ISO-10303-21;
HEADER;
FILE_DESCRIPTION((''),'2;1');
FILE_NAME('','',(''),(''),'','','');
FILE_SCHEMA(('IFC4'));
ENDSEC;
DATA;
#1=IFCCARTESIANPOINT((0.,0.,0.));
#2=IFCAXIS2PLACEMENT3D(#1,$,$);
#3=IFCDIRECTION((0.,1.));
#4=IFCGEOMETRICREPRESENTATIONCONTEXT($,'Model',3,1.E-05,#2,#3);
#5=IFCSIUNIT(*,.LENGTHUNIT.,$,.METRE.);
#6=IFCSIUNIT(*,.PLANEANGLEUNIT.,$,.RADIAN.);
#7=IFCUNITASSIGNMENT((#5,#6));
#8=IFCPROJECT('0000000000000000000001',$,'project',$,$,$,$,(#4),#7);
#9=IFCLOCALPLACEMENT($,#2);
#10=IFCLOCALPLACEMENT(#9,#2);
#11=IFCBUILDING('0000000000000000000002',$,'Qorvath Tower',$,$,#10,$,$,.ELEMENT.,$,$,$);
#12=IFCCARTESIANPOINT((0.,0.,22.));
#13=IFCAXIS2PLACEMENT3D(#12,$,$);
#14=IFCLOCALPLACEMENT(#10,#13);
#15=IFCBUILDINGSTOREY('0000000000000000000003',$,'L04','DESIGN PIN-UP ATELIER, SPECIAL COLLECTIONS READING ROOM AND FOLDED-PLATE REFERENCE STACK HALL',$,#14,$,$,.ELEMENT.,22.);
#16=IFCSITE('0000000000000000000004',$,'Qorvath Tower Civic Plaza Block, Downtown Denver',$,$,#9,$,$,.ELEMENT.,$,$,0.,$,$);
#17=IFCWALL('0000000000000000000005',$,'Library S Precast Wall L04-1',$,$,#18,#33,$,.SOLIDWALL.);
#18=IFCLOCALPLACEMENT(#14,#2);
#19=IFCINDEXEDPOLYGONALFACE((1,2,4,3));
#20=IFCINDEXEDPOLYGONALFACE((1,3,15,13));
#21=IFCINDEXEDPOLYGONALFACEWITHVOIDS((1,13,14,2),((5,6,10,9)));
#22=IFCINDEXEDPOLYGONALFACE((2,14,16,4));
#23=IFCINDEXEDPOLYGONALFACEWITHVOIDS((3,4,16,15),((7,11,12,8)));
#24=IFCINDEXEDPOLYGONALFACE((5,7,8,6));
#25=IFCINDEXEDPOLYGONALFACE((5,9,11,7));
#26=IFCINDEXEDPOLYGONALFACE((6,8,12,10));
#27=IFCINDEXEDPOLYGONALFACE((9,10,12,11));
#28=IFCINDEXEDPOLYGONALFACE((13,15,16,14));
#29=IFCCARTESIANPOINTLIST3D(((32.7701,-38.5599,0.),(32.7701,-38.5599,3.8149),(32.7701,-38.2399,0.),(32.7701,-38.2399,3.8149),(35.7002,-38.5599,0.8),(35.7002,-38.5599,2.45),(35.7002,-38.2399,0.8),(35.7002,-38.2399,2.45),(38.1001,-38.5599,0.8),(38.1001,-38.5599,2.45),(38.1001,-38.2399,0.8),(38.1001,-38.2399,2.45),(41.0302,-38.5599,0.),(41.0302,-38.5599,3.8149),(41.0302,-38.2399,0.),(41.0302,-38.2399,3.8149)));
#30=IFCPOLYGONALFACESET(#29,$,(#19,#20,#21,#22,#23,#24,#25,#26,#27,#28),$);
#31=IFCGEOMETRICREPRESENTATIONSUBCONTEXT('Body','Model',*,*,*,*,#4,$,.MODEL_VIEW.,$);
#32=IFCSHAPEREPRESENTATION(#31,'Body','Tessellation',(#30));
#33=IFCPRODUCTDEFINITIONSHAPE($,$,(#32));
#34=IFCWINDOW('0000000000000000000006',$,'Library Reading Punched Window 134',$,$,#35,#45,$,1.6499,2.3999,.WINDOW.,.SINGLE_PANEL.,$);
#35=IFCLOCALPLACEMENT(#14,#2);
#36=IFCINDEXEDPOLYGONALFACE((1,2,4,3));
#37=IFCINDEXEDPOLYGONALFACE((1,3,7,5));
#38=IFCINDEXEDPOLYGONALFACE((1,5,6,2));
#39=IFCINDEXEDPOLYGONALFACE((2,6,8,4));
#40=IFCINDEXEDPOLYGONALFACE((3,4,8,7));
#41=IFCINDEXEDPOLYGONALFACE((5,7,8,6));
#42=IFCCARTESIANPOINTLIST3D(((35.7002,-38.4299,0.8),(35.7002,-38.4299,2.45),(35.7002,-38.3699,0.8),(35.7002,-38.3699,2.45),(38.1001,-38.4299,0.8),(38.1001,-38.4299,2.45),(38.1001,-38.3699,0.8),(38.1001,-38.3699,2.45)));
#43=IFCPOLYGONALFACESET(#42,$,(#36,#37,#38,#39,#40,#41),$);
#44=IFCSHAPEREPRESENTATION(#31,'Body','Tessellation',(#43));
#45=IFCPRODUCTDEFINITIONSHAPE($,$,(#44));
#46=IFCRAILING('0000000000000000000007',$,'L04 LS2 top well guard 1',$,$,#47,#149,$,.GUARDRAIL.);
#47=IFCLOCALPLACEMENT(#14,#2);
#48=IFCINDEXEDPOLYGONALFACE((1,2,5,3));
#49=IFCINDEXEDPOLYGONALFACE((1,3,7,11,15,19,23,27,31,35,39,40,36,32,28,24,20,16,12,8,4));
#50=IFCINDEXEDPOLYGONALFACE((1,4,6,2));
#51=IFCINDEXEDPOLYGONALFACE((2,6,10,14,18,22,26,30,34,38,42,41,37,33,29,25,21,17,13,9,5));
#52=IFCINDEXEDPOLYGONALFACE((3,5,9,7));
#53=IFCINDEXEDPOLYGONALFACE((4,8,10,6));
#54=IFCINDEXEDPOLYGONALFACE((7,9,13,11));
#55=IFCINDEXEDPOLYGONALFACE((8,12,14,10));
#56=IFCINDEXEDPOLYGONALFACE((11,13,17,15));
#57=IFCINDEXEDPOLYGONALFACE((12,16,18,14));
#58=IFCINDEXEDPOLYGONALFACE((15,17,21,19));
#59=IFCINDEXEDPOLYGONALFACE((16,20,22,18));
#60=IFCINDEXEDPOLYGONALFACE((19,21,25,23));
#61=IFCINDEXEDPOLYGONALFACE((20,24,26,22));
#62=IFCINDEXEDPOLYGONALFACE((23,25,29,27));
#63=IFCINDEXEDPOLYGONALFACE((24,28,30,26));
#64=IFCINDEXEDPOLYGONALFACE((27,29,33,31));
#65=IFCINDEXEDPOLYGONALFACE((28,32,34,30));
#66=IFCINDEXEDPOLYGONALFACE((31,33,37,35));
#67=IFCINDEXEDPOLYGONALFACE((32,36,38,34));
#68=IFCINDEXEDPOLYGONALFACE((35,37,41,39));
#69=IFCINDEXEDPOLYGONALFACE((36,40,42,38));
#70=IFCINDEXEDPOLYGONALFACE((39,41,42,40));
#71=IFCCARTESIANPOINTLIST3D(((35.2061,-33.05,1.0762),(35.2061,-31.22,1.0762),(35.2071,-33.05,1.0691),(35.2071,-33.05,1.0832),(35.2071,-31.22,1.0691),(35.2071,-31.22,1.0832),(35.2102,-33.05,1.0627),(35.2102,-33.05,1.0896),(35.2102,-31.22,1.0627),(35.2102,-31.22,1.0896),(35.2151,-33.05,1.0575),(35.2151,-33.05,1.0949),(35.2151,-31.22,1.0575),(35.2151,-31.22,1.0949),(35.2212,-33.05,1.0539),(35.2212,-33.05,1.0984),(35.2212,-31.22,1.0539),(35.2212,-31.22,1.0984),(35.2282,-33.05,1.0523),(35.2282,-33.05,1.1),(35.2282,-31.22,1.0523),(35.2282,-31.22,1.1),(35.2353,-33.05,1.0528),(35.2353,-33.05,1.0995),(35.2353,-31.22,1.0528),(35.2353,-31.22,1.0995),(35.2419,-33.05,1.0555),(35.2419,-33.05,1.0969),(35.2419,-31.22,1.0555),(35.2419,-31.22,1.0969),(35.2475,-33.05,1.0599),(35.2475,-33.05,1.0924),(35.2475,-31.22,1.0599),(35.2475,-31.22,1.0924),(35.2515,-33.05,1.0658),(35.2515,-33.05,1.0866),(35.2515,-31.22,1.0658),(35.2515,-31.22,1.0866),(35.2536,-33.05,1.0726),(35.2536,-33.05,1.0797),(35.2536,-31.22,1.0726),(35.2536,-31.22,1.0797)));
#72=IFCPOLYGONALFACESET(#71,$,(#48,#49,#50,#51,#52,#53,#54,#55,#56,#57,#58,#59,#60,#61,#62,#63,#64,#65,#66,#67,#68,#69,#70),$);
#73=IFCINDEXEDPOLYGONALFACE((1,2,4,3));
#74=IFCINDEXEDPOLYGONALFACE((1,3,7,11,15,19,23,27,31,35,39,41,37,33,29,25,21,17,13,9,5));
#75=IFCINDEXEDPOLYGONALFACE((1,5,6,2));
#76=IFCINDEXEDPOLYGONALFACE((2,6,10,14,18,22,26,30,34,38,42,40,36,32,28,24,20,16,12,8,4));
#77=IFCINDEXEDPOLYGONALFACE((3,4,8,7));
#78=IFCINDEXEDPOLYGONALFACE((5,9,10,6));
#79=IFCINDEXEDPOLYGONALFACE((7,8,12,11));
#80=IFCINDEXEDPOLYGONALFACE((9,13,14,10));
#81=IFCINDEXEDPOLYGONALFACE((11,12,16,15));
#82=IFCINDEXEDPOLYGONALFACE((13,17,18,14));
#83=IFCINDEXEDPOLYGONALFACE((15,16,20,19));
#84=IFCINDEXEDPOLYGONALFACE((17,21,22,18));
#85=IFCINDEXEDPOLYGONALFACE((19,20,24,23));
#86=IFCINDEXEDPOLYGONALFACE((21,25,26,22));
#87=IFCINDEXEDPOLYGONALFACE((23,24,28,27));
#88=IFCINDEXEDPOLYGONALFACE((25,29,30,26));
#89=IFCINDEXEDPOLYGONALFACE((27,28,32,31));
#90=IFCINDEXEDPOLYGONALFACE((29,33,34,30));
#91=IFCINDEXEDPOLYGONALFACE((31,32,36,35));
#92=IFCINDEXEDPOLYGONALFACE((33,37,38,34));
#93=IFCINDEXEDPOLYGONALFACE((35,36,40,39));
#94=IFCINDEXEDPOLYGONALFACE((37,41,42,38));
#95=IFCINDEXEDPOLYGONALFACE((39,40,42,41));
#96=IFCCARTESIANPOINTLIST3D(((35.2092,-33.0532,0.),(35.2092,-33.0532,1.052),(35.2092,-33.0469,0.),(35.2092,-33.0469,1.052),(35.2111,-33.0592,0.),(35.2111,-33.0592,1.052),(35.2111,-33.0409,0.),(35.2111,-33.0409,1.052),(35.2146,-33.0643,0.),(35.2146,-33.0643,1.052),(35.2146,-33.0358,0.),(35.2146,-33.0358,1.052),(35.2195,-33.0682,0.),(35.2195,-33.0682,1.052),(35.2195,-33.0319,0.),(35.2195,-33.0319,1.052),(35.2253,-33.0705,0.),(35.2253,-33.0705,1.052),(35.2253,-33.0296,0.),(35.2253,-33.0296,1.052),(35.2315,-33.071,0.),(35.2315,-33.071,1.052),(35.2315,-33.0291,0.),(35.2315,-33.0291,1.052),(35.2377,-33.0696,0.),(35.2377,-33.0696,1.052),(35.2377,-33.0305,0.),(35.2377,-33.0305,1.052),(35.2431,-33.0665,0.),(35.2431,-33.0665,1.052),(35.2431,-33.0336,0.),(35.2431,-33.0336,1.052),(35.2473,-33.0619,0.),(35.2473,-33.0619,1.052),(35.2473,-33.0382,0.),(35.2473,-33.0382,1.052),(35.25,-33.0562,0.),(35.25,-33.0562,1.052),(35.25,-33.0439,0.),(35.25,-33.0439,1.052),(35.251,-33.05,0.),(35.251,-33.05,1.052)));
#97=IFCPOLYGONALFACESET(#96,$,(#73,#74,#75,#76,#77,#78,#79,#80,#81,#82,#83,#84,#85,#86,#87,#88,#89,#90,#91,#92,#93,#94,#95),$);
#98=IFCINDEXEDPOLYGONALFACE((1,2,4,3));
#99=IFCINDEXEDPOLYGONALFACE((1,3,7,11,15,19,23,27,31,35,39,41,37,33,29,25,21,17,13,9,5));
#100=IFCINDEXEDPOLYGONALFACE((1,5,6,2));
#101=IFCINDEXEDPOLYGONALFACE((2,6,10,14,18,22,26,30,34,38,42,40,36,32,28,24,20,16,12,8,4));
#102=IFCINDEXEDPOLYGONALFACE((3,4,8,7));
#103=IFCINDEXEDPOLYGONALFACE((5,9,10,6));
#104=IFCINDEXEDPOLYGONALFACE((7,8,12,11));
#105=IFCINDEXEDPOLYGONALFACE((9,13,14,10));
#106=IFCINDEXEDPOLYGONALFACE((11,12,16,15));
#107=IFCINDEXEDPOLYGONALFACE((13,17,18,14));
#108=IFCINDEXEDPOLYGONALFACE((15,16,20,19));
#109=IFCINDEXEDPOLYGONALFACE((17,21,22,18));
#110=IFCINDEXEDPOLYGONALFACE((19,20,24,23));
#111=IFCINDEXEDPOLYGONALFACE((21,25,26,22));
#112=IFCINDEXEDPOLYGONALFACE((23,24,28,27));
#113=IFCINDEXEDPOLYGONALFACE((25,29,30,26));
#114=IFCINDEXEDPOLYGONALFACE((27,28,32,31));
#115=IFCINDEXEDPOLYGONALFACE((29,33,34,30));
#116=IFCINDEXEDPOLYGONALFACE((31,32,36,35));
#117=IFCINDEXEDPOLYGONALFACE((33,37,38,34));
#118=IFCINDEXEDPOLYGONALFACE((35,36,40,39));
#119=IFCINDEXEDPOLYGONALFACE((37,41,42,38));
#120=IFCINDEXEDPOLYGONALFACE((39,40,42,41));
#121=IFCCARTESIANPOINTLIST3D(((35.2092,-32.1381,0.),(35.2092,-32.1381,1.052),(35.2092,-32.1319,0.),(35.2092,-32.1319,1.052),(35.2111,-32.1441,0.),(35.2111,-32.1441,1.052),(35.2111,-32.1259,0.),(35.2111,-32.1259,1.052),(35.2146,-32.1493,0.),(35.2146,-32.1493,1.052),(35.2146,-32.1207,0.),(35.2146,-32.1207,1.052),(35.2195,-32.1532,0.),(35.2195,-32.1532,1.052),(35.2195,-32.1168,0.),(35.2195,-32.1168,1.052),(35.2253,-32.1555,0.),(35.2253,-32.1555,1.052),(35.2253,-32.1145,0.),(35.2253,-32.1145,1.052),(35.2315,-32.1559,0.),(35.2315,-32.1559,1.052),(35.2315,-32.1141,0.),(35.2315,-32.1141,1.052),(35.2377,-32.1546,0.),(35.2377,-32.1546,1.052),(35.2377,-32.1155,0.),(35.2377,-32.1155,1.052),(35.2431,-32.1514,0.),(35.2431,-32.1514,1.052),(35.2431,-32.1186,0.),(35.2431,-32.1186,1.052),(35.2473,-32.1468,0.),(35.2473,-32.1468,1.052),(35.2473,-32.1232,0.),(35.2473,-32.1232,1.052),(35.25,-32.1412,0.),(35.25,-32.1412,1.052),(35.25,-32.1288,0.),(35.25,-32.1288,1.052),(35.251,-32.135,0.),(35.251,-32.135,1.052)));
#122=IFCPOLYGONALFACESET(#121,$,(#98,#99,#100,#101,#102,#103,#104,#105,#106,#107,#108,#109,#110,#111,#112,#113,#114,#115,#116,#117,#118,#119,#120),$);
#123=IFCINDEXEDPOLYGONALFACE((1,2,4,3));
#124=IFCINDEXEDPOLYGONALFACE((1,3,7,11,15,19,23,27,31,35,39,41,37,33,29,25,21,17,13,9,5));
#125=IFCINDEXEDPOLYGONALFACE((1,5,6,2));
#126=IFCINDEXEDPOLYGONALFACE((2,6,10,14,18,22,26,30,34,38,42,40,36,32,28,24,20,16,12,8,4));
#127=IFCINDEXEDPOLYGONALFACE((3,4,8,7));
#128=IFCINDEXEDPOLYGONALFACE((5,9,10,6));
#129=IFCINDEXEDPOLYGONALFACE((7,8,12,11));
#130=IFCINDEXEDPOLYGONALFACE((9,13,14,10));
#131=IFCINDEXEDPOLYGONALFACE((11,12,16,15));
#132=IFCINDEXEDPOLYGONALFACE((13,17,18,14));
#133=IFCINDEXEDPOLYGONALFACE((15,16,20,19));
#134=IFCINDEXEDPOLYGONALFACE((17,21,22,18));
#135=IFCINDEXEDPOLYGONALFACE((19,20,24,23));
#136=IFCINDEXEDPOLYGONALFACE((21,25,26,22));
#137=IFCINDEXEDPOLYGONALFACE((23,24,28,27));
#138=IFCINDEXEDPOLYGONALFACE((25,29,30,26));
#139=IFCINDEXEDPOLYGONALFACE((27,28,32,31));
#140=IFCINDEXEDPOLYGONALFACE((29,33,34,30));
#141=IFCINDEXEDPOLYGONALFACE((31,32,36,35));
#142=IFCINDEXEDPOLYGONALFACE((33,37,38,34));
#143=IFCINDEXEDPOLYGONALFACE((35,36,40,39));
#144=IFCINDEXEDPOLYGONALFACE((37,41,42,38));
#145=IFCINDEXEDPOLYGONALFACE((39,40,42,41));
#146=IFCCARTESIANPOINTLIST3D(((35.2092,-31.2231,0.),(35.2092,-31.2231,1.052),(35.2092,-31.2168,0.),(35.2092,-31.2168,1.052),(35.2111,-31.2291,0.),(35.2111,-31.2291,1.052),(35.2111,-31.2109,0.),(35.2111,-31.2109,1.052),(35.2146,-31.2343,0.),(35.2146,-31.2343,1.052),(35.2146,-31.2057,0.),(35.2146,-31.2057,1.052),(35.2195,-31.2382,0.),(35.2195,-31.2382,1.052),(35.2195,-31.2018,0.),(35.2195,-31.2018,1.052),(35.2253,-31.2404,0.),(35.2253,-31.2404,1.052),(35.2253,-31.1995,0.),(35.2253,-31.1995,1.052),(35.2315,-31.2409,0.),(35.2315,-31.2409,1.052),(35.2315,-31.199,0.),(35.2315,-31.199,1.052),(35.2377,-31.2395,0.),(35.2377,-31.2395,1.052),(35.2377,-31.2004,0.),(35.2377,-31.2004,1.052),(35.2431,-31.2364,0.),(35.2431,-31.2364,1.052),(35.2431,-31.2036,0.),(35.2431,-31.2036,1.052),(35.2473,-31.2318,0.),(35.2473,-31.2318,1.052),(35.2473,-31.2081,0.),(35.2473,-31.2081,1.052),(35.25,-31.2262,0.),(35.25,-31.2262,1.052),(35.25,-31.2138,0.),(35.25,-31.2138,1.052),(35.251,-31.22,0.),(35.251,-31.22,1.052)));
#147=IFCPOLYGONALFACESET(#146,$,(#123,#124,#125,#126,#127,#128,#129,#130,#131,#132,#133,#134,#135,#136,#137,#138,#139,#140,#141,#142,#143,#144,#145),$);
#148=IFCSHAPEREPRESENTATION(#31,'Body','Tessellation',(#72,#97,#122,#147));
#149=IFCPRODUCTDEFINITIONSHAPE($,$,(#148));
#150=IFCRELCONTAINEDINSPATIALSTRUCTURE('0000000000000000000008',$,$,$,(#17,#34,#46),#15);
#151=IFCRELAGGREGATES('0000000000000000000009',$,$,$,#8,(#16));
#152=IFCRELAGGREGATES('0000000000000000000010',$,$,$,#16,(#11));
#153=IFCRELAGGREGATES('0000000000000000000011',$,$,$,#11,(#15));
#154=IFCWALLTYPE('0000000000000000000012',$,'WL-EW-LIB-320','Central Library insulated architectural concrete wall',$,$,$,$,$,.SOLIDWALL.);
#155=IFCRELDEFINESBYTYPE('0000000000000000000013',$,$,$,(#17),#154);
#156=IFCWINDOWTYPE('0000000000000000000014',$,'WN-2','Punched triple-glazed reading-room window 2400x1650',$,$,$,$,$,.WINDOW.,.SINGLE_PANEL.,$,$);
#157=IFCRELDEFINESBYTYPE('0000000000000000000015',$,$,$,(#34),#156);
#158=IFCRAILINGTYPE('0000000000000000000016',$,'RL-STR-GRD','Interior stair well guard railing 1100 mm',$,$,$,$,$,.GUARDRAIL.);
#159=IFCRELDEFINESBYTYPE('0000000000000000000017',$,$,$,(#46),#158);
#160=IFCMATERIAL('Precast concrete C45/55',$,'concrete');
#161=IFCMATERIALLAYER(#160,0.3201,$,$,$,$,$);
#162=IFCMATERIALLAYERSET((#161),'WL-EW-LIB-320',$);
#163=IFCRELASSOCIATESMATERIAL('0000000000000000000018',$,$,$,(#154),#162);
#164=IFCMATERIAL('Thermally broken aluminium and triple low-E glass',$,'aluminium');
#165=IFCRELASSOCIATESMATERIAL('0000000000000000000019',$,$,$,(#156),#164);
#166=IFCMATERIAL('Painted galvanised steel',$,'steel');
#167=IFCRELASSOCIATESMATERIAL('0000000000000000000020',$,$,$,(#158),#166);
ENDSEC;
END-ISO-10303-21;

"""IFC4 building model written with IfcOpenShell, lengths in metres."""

from ifc_helpers import new_model, si_unit, direction, frame, frame_2d, origin, origin_2d, place, context, subcontext, project, spatial, rectangle, circle, extrude, material, layer, layer_set, type_object, element, fill, save


model = new_model("IFC4")

# Units and contexts
model_context = context("Model", 3, precision=1e-05, world=origin(), true_north=direction((0.0, 1.0)))
body_context = subcontext(model_context, "Body", "Model", "MODEL_VIEW")
ifc_project = project(units=[si_unit("LENGTHUNIT", "METRE"), si_unit("PLANEANGLEUNIT", "RADIAN")], contexts=[model_context])

# Site, building, storey
site_placement = place(None, origin())
site = spatial("IfcSite", under=ifc_project, at=site_placement, Name="Qorvath Tower Civic Plaza Block, Downtown Denver", CompositionType="ELEMENT", RefElevation=0.0)
building_placement = place(site_placement, origin())
building = spatial("IfcBuilding", under=site, at=building_placement, Name="Qorvath Tower", CompositionType="ELEMENT")
storey_placement = place(building_placement, frame((0.0, 0.0, 22.0)))
storey = spatial("IfcBuildingStorey", under=building, at=storey_placement, Name="L04", Description="DESIGN PIN-UP ATELIER, SPECIAL COLLECTIONS READING ROOM AND FOLDED-PLATE REFERENCE STACK HALL", CompositionType="ELEMENT", Elevation=22.0)

# Wall, opening, window
ifc_material_1 = material(Name="Precast concrete C45/55", Category="concrete")
ifc_layer_1 = layer(ifc_material_1, 0.3201)
ifc_layer_set_1 = layer_set([ifc_layer_1], Name="WL-EW-LIB-320")
wall_type_1 = type_object("IfcWallType", Name="WL-EW-LIB-320", Description="Central Library insulated architectural concrete wall", PredefinedType="SOLIDWALL", material=ifc_layer_set_1)
wall_1_placement = place(storey_placement, frame((41.03, -38.3999, 0.0), z_axis=(0.0, 0.0, 1.0), x_axis=(-1.0, 0.0, 0.0)))
wall_1 = element("IfcWall", 1, at=wall_1_placement, inside=storey, type_object=wall_type_1, Name="Library S Precast Wall L04-1", PredefinedType="SOLIDWALL", context=body_context, shape_type="SweptSolid", body=[
    extrude(rectangle(XDim=8.26, YDim=0.3201, at=frame_2d((4.1299, 0.0))), origin(), (0.0, 0.0, 1.0), 3.8149),
])
opening_1_placement = place(wall_1_placement, frame((2.9299, 0.0, 0.8)))
opening_1 = element("IfcOpeningElement", 2, at=opening_1_placement, cuts=wall_1, PredefinedType="OPENING", context=body_context, shape_type="SweptSolid", body=[
    extrude(rectangle(XDim=2.3999, YDim=1.6499, at=frame_2d((1.2, 0.825))), frame((0.0, 0.1699, 0.0), z_axis=(0.0, -1.0, 0.0), x_axis=(1.0, 0.0, 0.0)), (0.0, 0.0, 1.0), 0.3401),
])
ifc_material_2 = material(Name="Thermally broken aluminium and triple low-E glass", Category="aluminium")
window_type = type_object("IfcWindowType", Name="WN-2", Description="Punched triple-glazed reading-room window 2400x1650", PartitioningType="SINGLE_PANEL", PredefinedType="WINDOW", material=ifc_material_2)
window_placement = place(opening_1_placement, origin())
window = element("IfcWindow", 3, at=window_placement, inside=storey, type_object=window_type, Name="Library Reading Punched Window 134", OverallHeight=1.6499, OverallWidth=2.3999, PartitioningType="SINGLE_PANEL", PredefinedType="WINDOW", context=body_context, shape_type="SweptSolid", body=[
    extrude(rectangle(XDim=2.3999, YDim=1.6499, at=frame_2d((1.2, 0.825))), frame((0.0, 0.03, 0.0), z_axis=(0.0, -1.0, 0.0), x_axis=(1.0, 0.0, 0.0)), (0.0, 0.0, 1.0), 0.0601),
])
fill(opening_1, window)

# Railing
ifc_material_3 = material(Name="Painted galvanised steel", Category="steel")
railing_type = type_object("IfcRailingType", Name="RL-STR-GRD", Description="Interior stair well guard railing 1100 mm", PredefinedType="GUARDRAIL", material=ifc_material_3)
railing_placement = place(storey_placement, frame((35.23, -33.05, 0.0)))
element("IfcRailing", 4, at=railing_placement, inside=storey, type_object=railing_type, Name="L04 LS2 top well guard 1", PredefinedType="GUARDRAIL", context=body_context, shape_type="SweptSolid", body=[
    extrude(circle(Radius=0.0239, at=origin_2d()), frame((0.0, 0.0, 1.0762), z_axis=(0.0, 1.0, 0.0), x_axis=(-1.0, 0.0, 0.0)), (0.0, 0.0, 1.0), 1.8301),
    extrude(circle(Radius=0.021, at=origin_2d()), origin(), (0.0, 0.0, 1.0), 1.052),
    extrude(circle(Radius=0.021, at=origin_2d()), frame((0.0, 0.915, 0.0)), (0.0, 0.0, 1.0), 1.052),
    extrude(circle(Radius=0.021, at=origin_2d()), frame((0.0, 1.8301, 0.0)), (0.0, 0.0, 1.0), 1.052),
])

save(model, "model.ifc")
